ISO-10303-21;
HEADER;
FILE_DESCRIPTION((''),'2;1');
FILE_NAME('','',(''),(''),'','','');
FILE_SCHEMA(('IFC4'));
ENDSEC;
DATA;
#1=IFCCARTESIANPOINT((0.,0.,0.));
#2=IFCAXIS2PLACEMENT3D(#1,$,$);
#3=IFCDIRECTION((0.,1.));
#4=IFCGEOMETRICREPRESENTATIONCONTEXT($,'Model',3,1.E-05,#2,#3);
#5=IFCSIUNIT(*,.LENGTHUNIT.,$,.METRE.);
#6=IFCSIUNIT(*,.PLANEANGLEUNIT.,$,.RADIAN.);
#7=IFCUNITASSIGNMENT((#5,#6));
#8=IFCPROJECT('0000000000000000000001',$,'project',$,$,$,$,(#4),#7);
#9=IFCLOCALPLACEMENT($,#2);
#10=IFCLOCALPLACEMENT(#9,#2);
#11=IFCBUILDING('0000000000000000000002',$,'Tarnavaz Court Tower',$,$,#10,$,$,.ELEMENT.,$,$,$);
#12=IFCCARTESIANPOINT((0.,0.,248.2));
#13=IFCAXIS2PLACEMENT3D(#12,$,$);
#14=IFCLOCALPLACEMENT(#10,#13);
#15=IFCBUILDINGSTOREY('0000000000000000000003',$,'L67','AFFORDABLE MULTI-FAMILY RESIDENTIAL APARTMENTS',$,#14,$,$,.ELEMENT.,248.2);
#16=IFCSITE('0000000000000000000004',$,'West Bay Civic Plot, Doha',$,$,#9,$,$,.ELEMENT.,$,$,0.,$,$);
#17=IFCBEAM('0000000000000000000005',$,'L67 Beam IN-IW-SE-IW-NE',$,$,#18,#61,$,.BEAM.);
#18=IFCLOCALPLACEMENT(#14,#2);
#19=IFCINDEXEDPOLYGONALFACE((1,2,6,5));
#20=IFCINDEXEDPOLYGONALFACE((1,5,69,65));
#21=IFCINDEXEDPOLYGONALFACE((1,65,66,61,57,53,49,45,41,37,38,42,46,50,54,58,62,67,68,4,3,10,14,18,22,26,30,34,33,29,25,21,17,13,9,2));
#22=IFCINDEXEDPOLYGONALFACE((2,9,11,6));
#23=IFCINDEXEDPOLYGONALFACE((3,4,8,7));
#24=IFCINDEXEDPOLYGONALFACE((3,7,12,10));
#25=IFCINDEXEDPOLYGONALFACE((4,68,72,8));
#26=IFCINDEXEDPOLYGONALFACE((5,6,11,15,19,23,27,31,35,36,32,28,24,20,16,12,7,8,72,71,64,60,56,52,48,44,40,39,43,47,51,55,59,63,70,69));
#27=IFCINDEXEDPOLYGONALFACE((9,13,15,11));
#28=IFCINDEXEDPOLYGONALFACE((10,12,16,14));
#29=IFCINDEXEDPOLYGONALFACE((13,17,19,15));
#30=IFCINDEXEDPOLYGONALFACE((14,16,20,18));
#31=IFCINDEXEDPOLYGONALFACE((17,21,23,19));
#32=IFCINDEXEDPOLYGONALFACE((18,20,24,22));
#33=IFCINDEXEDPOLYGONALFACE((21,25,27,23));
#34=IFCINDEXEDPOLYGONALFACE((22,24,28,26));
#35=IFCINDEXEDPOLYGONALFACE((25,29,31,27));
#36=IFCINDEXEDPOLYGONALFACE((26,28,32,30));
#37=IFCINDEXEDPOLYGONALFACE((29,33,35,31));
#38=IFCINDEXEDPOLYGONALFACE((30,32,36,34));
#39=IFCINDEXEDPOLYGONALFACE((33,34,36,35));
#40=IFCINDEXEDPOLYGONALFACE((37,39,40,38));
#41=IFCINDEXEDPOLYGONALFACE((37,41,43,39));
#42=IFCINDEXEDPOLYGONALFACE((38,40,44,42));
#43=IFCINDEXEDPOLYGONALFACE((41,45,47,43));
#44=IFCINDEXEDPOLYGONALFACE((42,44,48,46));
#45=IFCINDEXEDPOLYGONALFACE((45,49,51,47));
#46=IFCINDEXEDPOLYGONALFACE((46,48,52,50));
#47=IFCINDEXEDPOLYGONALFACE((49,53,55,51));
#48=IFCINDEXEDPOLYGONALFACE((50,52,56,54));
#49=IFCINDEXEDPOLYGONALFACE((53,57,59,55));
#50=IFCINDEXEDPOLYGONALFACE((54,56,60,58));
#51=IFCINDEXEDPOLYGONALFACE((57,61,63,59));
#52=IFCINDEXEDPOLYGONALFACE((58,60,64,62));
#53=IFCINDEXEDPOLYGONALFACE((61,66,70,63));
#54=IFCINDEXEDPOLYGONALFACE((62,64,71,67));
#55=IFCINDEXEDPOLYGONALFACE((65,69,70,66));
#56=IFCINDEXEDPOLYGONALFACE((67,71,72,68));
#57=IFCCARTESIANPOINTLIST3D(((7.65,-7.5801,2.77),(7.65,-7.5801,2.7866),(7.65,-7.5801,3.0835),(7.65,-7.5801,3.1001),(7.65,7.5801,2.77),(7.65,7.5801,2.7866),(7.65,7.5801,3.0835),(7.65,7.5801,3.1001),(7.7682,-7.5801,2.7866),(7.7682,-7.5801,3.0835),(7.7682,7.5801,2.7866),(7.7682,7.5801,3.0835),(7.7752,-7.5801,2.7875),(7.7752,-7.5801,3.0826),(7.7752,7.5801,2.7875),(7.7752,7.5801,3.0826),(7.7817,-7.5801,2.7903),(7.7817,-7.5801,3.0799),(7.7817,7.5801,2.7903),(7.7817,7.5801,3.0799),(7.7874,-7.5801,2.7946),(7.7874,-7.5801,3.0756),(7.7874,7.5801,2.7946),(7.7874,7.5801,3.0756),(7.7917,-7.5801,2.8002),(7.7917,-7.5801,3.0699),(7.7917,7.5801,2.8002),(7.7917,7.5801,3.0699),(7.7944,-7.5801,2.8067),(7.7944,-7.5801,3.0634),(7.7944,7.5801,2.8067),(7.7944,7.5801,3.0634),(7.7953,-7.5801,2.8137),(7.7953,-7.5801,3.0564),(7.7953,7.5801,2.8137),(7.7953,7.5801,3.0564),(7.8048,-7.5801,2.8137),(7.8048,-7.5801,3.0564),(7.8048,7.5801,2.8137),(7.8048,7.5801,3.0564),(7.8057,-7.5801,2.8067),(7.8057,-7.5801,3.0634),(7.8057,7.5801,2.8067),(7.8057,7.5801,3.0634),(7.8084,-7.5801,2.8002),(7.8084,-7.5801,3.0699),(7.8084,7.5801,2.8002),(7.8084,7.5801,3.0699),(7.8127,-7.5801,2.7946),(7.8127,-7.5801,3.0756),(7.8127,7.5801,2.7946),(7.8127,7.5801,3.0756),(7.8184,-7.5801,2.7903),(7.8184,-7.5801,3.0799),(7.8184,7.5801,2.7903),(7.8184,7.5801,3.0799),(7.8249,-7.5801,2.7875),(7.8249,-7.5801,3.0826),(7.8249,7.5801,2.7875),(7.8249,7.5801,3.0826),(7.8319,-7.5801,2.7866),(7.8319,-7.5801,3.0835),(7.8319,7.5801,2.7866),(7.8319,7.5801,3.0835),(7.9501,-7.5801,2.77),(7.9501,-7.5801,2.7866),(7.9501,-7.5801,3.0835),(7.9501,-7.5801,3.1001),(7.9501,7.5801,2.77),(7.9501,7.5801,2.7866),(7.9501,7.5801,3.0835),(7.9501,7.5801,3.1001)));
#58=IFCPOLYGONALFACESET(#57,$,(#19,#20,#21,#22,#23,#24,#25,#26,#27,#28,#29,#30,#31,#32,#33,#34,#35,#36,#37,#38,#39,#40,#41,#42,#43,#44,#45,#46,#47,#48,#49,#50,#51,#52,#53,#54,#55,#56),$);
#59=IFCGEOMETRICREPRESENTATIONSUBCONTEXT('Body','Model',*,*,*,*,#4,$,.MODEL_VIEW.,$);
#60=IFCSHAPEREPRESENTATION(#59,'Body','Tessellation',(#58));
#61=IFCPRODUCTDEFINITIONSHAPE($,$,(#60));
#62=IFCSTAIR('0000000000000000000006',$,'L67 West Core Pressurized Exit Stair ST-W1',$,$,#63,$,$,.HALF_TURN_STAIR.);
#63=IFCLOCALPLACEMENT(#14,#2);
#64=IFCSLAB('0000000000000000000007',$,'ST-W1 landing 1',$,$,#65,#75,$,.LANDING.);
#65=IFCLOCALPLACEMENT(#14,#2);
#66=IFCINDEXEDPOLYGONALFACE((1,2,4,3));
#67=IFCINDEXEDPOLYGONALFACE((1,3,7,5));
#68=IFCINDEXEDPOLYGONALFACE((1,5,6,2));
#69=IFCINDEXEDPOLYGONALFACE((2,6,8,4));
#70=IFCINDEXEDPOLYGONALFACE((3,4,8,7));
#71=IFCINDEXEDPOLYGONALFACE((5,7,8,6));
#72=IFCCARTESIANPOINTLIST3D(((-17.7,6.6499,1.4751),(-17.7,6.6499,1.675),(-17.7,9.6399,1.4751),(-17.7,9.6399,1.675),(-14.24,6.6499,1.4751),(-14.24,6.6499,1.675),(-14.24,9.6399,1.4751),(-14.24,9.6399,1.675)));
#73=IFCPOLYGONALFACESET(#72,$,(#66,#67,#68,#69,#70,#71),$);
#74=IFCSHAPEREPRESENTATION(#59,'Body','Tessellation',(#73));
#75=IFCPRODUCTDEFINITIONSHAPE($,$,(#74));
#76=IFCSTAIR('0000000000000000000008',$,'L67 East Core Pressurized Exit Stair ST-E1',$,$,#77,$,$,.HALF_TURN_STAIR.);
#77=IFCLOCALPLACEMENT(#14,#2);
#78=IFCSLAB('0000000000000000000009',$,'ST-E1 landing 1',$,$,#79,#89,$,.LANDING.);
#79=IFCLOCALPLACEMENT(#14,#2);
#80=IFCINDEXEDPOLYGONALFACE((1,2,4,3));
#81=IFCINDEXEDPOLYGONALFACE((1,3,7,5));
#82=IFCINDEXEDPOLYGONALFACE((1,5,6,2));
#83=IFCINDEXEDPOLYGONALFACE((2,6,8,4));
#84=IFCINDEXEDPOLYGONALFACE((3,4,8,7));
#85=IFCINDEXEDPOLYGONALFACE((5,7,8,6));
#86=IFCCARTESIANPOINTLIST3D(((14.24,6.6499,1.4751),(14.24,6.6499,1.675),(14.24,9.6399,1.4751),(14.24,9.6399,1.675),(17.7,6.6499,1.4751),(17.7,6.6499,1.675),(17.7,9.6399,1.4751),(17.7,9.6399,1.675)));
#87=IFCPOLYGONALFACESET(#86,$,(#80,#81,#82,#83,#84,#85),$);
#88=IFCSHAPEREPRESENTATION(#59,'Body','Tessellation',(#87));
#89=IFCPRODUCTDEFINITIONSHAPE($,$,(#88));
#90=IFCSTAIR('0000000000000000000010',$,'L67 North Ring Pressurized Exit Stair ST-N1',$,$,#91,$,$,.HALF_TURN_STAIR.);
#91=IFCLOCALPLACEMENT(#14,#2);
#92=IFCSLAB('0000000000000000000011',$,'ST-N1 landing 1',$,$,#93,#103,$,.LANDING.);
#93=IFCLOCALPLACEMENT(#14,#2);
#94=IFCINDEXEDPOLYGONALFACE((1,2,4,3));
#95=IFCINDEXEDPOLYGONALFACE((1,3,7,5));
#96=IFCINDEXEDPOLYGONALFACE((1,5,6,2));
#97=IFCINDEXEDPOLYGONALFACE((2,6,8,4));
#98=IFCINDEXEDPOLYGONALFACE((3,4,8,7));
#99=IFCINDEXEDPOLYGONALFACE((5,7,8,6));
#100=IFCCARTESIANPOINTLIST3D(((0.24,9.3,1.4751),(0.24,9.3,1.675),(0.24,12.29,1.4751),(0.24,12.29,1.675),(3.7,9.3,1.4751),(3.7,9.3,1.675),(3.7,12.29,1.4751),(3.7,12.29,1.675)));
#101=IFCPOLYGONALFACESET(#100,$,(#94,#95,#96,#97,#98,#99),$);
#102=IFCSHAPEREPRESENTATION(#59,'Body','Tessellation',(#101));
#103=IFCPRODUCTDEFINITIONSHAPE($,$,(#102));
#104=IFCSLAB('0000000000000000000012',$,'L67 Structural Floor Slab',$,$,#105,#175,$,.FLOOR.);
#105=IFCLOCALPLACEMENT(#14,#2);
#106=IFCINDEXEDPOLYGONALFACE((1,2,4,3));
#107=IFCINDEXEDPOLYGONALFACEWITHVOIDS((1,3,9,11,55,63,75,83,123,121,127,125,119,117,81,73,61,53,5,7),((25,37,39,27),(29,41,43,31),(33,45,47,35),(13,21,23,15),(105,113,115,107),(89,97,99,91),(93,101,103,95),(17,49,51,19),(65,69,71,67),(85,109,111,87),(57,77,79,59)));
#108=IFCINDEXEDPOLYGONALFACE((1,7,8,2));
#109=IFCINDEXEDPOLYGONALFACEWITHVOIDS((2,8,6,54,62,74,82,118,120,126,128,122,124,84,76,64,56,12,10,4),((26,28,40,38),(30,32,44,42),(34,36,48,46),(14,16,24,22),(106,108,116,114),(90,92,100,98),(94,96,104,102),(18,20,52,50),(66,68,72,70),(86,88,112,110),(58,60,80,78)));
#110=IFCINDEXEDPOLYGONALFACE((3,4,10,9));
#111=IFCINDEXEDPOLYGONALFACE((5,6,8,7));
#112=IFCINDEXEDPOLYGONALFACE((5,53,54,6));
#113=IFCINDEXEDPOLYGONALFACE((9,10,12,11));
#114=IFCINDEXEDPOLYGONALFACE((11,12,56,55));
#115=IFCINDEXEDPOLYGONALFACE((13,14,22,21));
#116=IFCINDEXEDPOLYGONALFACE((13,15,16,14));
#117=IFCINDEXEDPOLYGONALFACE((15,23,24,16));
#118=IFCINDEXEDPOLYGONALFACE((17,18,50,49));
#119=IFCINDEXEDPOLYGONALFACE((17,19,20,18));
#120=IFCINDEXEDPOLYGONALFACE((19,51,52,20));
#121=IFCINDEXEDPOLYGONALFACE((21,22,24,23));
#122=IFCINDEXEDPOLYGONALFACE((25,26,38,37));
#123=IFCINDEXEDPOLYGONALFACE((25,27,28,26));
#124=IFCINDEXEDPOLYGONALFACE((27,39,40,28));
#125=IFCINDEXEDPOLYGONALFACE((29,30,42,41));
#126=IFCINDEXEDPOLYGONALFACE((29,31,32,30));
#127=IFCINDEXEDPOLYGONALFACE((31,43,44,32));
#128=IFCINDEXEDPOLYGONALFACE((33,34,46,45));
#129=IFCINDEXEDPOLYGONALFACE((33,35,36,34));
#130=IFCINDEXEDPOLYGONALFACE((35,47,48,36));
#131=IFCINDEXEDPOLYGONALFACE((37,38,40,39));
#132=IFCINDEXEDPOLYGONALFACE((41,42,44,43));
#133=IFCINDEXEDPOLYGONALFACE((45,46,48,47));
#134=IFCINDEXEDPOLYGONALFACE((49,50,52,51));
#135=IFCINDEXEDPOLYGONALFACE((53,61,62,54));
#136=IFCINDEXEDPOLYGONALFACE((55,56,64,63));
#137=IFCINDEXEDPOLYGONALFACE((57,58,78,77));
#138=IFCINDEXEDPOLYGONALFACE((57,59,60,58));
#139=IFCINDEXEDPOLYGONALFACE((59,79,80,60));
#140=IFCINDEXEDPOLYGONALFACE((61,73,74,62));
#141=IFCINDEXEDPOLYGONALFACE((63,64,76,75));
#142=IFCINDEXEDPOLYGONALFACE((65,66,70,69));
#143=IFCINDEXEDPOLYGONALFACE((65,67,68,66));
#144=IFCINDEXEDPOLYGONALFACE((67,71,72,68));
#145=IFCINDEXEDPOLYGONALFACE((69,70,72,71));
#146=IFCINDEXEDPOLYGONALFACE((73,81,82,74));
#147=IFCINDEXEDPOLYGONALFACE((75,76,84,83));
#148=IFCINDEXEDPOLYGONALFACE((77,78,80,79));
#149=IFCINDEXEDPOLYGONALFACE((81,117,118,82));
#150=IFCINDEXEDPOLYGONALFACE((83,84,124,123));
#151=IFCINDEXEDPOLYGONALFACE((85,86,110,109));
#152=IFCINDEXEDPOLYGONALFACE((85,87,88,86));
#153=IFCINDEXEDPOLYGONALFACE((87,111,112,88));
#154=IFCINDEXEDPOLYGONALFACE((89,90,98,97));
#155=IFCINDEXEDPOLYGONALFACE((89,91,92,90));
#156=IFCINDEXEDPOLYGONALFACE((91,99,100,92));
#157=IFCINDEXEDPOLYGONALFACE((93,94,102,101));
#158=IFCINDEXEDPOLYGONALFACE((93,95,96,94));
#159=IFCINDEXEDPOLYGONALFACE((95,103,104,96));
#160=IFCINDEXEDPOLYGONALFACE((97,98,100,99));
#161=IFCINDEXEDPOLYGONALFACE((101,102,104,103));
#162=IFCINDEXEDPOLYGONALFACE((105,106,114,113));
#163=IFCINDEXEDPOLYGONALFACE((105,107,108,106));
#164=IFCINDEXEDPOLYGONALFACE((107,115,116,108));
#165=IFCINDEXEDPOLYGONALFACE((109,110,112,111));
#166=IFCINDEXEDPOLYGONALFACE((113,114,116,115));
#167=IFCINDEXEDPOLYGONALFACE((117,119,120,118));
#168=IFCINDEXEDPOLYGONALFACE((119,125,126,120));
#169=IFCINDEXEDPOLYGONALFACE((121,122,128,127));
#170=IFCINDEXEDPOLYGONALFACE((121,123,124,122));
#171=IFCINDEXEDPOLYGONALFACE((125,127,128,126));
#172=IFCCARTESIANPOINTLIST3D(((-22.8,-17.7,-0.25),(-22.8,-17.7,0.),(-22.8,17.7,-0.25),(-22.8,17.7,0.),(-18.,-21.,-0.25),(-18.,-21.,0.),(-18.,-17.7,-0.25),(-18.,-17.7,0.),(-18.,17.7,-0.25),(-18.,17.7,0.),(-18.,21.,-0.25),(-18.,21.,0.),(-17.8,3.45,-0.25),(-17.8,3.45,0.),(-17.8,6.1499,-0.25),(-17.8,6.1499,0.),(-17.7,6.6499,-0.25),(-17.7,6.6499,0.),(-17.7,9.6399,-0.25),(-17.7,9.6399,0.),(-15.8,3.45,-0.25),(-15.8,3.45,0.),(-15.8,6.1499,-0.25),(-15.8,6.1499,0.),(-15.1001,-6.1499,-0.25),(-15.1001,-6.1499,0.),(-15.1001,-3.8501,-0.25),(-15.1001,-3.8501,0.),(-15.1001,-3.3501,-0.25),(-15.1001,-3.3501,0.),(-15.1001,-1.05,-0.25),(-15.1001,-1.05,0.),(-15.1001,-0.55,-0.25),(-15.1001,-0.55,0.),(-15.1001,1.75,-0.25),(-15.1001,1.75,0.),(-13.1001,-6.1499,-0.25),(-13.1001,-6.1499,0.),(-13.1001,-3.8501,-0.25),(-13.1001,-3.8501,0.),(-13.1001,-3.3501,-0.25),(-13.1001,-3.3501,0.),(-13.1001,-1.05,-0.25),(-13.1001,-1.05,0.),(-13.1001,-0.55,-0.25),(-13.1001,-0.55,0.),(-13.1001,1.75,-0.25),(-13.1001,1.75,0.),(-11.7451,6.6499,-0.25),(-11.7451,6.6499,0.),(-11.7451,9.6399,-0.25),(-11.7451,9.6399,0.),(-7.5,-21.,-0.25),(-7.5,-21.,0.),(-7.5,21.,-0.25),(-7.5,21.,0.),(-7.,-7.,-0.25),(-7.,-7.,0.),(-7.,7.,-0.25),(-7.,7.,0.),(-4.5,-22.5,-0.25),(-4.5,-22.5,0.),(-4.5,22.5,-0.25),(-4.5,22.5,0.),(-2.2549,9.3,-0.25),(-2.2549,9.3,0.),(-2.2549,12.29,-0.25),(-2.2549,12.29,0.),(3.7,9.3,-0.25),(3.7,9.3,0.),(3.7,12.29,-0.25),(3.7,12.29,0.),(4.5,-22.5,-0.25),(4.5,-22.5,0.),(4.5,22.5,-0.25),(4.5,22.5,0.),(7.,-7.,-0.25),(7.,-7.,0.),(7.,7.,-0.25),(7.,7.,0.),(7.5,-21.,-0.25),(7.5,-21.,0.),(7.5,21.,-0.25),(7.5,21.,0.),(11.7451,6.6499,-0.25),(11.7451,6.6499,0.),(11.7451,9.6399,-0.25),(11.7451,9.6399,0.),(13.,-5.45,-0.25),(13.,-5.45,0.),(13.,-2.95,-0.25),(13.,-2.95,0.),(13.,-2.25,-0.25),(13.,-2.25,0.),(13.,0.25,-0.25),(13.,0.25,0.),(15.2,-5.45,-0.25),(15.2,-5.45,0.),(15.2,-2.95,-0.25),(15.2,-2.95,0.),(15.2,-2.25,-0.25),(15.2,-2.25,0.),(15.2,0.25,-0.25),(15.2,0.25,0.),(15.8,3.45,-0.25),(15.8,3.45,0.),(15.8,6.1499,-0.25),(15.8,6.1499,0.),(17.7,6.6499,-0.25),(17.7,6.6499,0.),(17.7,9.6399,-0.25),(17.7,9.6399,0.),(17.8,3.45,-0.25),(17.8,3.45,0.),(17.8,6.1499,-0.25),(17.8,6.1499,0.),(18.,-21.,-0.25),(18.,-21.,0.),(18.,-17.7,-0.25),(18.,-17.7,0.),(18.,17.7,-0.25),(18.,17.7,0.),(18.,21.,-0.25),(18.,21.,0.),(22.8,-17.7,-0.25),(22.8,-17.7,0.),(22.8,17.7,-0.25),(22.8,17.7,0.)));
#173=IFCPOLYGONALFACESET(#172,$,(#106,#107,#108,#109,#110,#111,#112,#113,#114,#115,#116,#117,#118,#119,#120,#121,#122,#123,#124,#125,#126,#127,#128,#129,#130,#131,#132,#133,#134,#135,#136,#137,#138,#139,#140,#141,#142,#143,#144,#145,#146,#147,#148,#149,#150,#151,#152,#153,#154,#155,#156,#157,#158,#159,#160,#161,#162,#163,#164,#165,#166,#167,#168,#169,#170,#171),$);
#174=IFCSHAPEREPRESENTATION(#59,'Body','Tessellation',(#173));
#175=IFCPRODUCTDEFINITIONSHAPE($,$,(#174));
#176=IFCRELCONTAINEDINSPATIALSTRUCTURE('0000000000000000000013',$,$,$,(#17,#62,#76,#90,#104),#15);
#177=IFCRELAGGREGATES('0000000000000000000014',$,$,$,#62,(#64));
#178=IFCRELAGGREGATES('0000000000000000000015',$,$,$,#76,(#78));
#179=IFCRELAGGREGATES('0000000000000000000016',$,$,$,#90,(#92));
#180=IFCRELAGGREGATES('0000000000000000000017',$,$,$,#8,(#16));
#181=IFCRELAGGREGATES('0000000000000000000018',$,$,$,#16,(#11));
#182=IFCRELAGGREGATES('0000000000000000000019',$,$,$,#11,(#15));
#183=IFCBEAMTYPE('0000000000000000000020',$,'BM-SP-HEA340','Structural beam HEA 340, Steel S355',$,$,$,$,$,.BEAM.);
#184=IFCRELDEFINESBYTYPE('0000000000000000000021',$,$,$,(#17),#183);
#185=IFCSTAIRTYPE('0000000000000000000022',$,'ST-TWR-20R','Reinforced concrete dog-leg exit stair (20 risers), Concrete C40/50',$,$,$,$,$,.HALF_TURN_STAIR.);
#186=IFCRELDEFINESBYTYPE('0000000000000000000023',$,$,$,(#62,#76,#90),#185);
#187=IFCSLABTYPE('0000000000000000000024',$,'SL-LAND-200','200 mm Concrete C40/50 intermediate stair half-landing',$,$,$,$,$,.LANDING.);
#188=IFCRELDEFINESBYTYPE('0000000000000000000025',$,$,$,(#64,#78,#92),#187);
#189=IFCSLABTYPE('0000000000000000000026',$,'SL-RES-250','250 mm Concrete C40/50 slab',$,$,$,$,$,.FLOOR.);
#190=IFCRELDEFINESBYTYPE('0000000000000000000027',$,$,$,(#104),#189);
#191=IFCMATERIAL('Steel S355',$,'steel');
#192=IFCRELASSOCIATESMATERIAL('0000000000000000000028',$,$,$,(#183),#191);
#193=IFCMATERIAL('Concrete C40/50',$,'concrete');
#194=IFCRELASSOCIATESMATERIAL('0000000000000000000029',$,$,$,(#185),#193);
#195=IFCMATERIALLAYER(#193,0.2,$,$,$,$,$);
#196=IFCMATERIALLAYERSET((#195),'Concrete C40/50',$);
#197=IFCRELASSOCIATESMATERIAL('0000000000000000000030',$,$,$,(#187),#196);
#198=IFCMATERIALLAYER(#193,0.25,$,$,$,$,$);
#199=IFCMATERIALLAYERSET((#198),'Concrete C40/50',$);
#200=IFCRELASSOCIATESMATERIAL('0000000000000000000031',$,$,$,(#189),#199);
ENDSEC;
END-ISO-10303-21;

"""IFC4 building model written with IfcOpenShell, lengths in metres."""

from ifc_helpers import new_model, si_unit, direction, frame, origin, origin_2d, place, context, subcontext, project, spatial, polyline, i_section, outline, extrude, material, layer, layer_set, material_profile, profile_set, type_object, element, aggregate, save


model = new_model("IFC4")

# Units and contexts
model_context = context("Model", 3, precision=1e-05, world=origin(), true_north=direction((0.0, 1.0)))
body_context = subcontext(model_context, "Body", "Model", "MODEL_VIEW")
ifc_project = project(units=[si_unit("LENGTHUNIT", "METRE"), si_unit("PLANEANGLEUNIT", "RADIAN")], contexts=[model_context])

# Site, building, storey
site_placement = place(None, origin())
site = spatial("IfcSite", under=ifc_project, at=site_placement, Name="West Bay Civic Plot, Doha", CompositionType="ELEMENT", RefElevation=0.0)
building_placement = place(site_placement, origin())
building = spatial("IfcBuilding", under=site, at=building_placement, Name="Tarnavaz Court Tower", CompositionType="ELEMENT")
storey_placement = place(building_placement, frame((0.0, 0.0, 248.2)))
storey = spatial("IfcBuildingStorey", under=building, at=storey_placement, Name="L67", Description="AFFORDABLE MULTI-FAMILY RESIDENTIAL APARTMENTS", CompositionType="ELEMENT", Elevation=248.2)

# Beam
ifc_material_1 = material(Name="Steel S355", Category="steel")
ifc_material_profile_1 = material_profile(ifc_material_1, i_section(OverallWidth=0.3, OverallDepth=0.3301, WebThickness=0.0095, FlangeThickness=0.0166, FilletRadius=0.0271, at=origin_2d()), Name="HEA 340")
ifc_profile_set_1 = profile_set([ifc_material_profile_1], Name="Steel S355")
beam_type_1 = type_object("IfcBeamType", Name="BM-SP-HEA340", Description="Structural beam HEA 340, Steel S355", PredefinedType="BEAM", material=ifc_profile_set_1)
beam_1_placement = place(storey_placement, frame((7.8, -7.5801, 2.9351), z_axis=(0.0, 1.0, 0.0), x_axis=(-1.0, 0.0, 0.0)))
element("IfcBeam", 1, at=beam_1_placement, inside=storey, type_object=beam_type_1, Name="L67 Beam IN-IW-SE-IW-NE", PredefinedType="BEAM", context=body_context, shape_type="SweptSolid", body=[
    extrude(i_section(OverallWidth=0.3, OverallDepth=0.3301, WebThickness=0.0095, FlangeThickness=0.0166, FilletRadius=0.0271, at=origin_2d()), origin(), (0.0, 0.0, 1.0), 15.1602),
])

# Stairs, slabs
ifc_material_2 = material(Name="Concrete C40/50", Category="concrete")
stair_type = type_object("IfcStairType", Name="ST-TWR-20R", Description="Reinforced concrete dog-leg exit stair (20 risers), Concrete C40/50", PredefinedType="HALF_TURN_STAIR", material=ifc_material_2)
stair_1_placement = place(storey_placement, origin())
stair_1 = element("IfcStair", 2, at=stair_1_placement, inside=storey, type_object=stair_type, Name="L67 West Core Pressurized Exit Stair ST-W1", PredefinedType="HALF_TURN_STAIR")
ifc_layer_1 = layer(ifc_material_2, 0.2)
ifc_layer_set_1 = layer_set([ifc_layer_1], Name="Concrete C40/50")
slab_type_1 = type_object("IfcSlabType", Name="SL-LAND-200", Description="200 mm Concrete C40/50 intermediate stair half-landing", PredefinedType="LANDING", material=ifc_layer_set_1)
slab_1_placement = place(storey_placement, frame((0.0, 0.0, 1.4751)))
slab_1 = element("IfcSlab", 3, at=slab_1_placement, type_object=slab_type_1, Name="ST-W1 landing 1", PredefinedType="LANDING", context=body_context, shape_type="SweptSolid", body=[
    extrude(outline(polyline([(-14.24, 9.6399), (-17.7, 9.6399), (-17.7, 6.6499), (-14.24, 6.6499), (-14.24, 9.6399)])), origin(), (0.0, 0.0, 1.0), 0.2),
])
aggregate(stair_1, [slab_1])
stair_2_placement = place(storey_placement, origin())
stair_2 = element("IfcStair", 4, at=stair_2_placement, inside=storey, type_object=stair_type, Name="L67 East Core Pressurized Exit Stair ST-E1", PredefinedType="HALF_TURN_STAIR")
slab_2_placement = place(storey_placement, frame((0.0, 0.0, 1.4751)))
slab_2 = element("IfcSlab", 5, at=slab_2_placement, type_object=slab_type_1, Name="ST-E1 landing 1", PredefinedType="LANDING", context=body_context, shape_type="SweptSolid", body=[
    extrude(outline(polyline([(14.24, 6.6499), (17.7, 6.6499), (17.7, 9.6399), (14.24, 9.6399), (14.24, 6.6499)])), origin(), (0.0, 0.0, 1.0), 0.2),
])
aggregate(stair_2, [slab_2])
stair_3_placement = place(storey_placement, origin())
stair_3 = element("IfcStair", 6, at=stair_3_placement, inside=storey, type_object=stair_type, Name="L67 North Ring Pressurized Exit Stair ST-N1", PredefinedType="HALF_TURN_STAIR")
slab_3_placement = place(storey_placement, frame((0.0, 0.0, 1.4751)))
slab_3 = element("IfcSlab", 7, at=slab_3_placement, type_object=slab_type_1, Name="ST-N1 landing 1", PredefinedType="LANDING", context=body_context, shape_type="SweptSolid", body=[
    extrude(outline(polyline([(0.24, 9.3), (3.7, 9.3), (3.7, 12.29), (0.24, 12.29), (0.24, 9.3)])), origin(), (0.0, 0.0, 1.0), 0.2),
])
aggregate(stair_3, [slab_3])

# Slab
ifc_layer_2 = layer(ifc_material_2, 0.25)
ifc_layer_set_2 = layer_set([ifc_layer_2], Name="Concrete C40/50")
slab_type_2 = type_object("IfcSlabType", Name="SL-RES-250", Description="250 mm Concrete C40/50 slab", PredefinedType="FLOOR", material=ifc_layer_set_2)
slab_4_placement = place(storey_placement, frame((0.0, 0.0, -0.25)))
element("IfcSlab", 8, at=slab_4_placement, inside=storey, type_object=slab_type_2, Name="L67 Structural Floor Slab", PredefinedType="FLOOR", context=body_context, shape_type="SweptSolid", body=[
    extrude(outline(polyline([(-18.0, -21.0), (-7.5, -21.0), (-4.5, -22.5), (4.5, -22.5), (7.5, -21.0), (18.0, -21.0), (18.0, -17.7), (22.8, -17.7), (22.8, 17.7), (18.0, 17.7), (18.0, 21.0), (7.5, 21.0), (4.5, 22.5), (-4.5, 22.5), (-7.5, 21.0), (-18.0, 21.0), (-18.0, 17.7), (-22.8, 17.7), (-22.8, -17.7), (-18.0, -17.7), (-18.0, -21.0)]), holes=[polyline([(-7.0, -7.0), (7.0, -7.0), (7.0, 7.0), (-7.0, 7.0), (-7.0, -7.0)]), polyline([(-11.7451, 9.6399), (-17.7, 9.6399), (-17.7, 6.6499), (-11.7451, 6.6499), (-11.7451, 9.6399)]), polyline([(11.7451, 6.6499), (17.7, 6.6499), (17.7, 9.6399), (11.7451, 9.6399), (11.7451, 6.6499)]), polyline([(-2.2549, 9.3), (3.7, 9.3), (3.7, 12.29), (-2.2549, 12.29), (-2.2549, 9.3)]), polyline([(-17.8, 3.45), (-15.8, 3.45), (-15.8, 6.1499), (-17.8, 6.1499), (-17.8, 3.45)]), polyline([(-15.1001, -6.1499), (-13.1001, -6.1499), (-13.1001, -3.8501), (-15.1001, -3.8501), (-15.1001, -6.1499)]), polyline([(-15.1001, -3.3501), (-13.1001, -3.3501), (-13.1001, -1.05), (-15.1001, -1.05), (-15.1001, -3.3501)]), polyline([(-15.1001, -0.55), (-13.1001, -0.55), (-13.1001, 1.75), (-15.1001, 1.75), (-15.1001, -0.55)]), polyline([(15.8, 3.45), (17.8, 3.45), (17.8, 6.1499), (15.8, 6.1499), (15.8, 3.45)]), polyline([(13.0, -5.45), (15.2, -5.45), (15.2, -2.95), (13.0, -2.95), (13.0, -5.45)]), polyline([(13.0, -2.25), (15.2, -2.25), (15.2, 0.25), (13.0, 0.25), (13.0, -2.25)])]), origin(), (0.0, 0.0, 1.0), 0.25),
])

save(model, "model.ifc")
